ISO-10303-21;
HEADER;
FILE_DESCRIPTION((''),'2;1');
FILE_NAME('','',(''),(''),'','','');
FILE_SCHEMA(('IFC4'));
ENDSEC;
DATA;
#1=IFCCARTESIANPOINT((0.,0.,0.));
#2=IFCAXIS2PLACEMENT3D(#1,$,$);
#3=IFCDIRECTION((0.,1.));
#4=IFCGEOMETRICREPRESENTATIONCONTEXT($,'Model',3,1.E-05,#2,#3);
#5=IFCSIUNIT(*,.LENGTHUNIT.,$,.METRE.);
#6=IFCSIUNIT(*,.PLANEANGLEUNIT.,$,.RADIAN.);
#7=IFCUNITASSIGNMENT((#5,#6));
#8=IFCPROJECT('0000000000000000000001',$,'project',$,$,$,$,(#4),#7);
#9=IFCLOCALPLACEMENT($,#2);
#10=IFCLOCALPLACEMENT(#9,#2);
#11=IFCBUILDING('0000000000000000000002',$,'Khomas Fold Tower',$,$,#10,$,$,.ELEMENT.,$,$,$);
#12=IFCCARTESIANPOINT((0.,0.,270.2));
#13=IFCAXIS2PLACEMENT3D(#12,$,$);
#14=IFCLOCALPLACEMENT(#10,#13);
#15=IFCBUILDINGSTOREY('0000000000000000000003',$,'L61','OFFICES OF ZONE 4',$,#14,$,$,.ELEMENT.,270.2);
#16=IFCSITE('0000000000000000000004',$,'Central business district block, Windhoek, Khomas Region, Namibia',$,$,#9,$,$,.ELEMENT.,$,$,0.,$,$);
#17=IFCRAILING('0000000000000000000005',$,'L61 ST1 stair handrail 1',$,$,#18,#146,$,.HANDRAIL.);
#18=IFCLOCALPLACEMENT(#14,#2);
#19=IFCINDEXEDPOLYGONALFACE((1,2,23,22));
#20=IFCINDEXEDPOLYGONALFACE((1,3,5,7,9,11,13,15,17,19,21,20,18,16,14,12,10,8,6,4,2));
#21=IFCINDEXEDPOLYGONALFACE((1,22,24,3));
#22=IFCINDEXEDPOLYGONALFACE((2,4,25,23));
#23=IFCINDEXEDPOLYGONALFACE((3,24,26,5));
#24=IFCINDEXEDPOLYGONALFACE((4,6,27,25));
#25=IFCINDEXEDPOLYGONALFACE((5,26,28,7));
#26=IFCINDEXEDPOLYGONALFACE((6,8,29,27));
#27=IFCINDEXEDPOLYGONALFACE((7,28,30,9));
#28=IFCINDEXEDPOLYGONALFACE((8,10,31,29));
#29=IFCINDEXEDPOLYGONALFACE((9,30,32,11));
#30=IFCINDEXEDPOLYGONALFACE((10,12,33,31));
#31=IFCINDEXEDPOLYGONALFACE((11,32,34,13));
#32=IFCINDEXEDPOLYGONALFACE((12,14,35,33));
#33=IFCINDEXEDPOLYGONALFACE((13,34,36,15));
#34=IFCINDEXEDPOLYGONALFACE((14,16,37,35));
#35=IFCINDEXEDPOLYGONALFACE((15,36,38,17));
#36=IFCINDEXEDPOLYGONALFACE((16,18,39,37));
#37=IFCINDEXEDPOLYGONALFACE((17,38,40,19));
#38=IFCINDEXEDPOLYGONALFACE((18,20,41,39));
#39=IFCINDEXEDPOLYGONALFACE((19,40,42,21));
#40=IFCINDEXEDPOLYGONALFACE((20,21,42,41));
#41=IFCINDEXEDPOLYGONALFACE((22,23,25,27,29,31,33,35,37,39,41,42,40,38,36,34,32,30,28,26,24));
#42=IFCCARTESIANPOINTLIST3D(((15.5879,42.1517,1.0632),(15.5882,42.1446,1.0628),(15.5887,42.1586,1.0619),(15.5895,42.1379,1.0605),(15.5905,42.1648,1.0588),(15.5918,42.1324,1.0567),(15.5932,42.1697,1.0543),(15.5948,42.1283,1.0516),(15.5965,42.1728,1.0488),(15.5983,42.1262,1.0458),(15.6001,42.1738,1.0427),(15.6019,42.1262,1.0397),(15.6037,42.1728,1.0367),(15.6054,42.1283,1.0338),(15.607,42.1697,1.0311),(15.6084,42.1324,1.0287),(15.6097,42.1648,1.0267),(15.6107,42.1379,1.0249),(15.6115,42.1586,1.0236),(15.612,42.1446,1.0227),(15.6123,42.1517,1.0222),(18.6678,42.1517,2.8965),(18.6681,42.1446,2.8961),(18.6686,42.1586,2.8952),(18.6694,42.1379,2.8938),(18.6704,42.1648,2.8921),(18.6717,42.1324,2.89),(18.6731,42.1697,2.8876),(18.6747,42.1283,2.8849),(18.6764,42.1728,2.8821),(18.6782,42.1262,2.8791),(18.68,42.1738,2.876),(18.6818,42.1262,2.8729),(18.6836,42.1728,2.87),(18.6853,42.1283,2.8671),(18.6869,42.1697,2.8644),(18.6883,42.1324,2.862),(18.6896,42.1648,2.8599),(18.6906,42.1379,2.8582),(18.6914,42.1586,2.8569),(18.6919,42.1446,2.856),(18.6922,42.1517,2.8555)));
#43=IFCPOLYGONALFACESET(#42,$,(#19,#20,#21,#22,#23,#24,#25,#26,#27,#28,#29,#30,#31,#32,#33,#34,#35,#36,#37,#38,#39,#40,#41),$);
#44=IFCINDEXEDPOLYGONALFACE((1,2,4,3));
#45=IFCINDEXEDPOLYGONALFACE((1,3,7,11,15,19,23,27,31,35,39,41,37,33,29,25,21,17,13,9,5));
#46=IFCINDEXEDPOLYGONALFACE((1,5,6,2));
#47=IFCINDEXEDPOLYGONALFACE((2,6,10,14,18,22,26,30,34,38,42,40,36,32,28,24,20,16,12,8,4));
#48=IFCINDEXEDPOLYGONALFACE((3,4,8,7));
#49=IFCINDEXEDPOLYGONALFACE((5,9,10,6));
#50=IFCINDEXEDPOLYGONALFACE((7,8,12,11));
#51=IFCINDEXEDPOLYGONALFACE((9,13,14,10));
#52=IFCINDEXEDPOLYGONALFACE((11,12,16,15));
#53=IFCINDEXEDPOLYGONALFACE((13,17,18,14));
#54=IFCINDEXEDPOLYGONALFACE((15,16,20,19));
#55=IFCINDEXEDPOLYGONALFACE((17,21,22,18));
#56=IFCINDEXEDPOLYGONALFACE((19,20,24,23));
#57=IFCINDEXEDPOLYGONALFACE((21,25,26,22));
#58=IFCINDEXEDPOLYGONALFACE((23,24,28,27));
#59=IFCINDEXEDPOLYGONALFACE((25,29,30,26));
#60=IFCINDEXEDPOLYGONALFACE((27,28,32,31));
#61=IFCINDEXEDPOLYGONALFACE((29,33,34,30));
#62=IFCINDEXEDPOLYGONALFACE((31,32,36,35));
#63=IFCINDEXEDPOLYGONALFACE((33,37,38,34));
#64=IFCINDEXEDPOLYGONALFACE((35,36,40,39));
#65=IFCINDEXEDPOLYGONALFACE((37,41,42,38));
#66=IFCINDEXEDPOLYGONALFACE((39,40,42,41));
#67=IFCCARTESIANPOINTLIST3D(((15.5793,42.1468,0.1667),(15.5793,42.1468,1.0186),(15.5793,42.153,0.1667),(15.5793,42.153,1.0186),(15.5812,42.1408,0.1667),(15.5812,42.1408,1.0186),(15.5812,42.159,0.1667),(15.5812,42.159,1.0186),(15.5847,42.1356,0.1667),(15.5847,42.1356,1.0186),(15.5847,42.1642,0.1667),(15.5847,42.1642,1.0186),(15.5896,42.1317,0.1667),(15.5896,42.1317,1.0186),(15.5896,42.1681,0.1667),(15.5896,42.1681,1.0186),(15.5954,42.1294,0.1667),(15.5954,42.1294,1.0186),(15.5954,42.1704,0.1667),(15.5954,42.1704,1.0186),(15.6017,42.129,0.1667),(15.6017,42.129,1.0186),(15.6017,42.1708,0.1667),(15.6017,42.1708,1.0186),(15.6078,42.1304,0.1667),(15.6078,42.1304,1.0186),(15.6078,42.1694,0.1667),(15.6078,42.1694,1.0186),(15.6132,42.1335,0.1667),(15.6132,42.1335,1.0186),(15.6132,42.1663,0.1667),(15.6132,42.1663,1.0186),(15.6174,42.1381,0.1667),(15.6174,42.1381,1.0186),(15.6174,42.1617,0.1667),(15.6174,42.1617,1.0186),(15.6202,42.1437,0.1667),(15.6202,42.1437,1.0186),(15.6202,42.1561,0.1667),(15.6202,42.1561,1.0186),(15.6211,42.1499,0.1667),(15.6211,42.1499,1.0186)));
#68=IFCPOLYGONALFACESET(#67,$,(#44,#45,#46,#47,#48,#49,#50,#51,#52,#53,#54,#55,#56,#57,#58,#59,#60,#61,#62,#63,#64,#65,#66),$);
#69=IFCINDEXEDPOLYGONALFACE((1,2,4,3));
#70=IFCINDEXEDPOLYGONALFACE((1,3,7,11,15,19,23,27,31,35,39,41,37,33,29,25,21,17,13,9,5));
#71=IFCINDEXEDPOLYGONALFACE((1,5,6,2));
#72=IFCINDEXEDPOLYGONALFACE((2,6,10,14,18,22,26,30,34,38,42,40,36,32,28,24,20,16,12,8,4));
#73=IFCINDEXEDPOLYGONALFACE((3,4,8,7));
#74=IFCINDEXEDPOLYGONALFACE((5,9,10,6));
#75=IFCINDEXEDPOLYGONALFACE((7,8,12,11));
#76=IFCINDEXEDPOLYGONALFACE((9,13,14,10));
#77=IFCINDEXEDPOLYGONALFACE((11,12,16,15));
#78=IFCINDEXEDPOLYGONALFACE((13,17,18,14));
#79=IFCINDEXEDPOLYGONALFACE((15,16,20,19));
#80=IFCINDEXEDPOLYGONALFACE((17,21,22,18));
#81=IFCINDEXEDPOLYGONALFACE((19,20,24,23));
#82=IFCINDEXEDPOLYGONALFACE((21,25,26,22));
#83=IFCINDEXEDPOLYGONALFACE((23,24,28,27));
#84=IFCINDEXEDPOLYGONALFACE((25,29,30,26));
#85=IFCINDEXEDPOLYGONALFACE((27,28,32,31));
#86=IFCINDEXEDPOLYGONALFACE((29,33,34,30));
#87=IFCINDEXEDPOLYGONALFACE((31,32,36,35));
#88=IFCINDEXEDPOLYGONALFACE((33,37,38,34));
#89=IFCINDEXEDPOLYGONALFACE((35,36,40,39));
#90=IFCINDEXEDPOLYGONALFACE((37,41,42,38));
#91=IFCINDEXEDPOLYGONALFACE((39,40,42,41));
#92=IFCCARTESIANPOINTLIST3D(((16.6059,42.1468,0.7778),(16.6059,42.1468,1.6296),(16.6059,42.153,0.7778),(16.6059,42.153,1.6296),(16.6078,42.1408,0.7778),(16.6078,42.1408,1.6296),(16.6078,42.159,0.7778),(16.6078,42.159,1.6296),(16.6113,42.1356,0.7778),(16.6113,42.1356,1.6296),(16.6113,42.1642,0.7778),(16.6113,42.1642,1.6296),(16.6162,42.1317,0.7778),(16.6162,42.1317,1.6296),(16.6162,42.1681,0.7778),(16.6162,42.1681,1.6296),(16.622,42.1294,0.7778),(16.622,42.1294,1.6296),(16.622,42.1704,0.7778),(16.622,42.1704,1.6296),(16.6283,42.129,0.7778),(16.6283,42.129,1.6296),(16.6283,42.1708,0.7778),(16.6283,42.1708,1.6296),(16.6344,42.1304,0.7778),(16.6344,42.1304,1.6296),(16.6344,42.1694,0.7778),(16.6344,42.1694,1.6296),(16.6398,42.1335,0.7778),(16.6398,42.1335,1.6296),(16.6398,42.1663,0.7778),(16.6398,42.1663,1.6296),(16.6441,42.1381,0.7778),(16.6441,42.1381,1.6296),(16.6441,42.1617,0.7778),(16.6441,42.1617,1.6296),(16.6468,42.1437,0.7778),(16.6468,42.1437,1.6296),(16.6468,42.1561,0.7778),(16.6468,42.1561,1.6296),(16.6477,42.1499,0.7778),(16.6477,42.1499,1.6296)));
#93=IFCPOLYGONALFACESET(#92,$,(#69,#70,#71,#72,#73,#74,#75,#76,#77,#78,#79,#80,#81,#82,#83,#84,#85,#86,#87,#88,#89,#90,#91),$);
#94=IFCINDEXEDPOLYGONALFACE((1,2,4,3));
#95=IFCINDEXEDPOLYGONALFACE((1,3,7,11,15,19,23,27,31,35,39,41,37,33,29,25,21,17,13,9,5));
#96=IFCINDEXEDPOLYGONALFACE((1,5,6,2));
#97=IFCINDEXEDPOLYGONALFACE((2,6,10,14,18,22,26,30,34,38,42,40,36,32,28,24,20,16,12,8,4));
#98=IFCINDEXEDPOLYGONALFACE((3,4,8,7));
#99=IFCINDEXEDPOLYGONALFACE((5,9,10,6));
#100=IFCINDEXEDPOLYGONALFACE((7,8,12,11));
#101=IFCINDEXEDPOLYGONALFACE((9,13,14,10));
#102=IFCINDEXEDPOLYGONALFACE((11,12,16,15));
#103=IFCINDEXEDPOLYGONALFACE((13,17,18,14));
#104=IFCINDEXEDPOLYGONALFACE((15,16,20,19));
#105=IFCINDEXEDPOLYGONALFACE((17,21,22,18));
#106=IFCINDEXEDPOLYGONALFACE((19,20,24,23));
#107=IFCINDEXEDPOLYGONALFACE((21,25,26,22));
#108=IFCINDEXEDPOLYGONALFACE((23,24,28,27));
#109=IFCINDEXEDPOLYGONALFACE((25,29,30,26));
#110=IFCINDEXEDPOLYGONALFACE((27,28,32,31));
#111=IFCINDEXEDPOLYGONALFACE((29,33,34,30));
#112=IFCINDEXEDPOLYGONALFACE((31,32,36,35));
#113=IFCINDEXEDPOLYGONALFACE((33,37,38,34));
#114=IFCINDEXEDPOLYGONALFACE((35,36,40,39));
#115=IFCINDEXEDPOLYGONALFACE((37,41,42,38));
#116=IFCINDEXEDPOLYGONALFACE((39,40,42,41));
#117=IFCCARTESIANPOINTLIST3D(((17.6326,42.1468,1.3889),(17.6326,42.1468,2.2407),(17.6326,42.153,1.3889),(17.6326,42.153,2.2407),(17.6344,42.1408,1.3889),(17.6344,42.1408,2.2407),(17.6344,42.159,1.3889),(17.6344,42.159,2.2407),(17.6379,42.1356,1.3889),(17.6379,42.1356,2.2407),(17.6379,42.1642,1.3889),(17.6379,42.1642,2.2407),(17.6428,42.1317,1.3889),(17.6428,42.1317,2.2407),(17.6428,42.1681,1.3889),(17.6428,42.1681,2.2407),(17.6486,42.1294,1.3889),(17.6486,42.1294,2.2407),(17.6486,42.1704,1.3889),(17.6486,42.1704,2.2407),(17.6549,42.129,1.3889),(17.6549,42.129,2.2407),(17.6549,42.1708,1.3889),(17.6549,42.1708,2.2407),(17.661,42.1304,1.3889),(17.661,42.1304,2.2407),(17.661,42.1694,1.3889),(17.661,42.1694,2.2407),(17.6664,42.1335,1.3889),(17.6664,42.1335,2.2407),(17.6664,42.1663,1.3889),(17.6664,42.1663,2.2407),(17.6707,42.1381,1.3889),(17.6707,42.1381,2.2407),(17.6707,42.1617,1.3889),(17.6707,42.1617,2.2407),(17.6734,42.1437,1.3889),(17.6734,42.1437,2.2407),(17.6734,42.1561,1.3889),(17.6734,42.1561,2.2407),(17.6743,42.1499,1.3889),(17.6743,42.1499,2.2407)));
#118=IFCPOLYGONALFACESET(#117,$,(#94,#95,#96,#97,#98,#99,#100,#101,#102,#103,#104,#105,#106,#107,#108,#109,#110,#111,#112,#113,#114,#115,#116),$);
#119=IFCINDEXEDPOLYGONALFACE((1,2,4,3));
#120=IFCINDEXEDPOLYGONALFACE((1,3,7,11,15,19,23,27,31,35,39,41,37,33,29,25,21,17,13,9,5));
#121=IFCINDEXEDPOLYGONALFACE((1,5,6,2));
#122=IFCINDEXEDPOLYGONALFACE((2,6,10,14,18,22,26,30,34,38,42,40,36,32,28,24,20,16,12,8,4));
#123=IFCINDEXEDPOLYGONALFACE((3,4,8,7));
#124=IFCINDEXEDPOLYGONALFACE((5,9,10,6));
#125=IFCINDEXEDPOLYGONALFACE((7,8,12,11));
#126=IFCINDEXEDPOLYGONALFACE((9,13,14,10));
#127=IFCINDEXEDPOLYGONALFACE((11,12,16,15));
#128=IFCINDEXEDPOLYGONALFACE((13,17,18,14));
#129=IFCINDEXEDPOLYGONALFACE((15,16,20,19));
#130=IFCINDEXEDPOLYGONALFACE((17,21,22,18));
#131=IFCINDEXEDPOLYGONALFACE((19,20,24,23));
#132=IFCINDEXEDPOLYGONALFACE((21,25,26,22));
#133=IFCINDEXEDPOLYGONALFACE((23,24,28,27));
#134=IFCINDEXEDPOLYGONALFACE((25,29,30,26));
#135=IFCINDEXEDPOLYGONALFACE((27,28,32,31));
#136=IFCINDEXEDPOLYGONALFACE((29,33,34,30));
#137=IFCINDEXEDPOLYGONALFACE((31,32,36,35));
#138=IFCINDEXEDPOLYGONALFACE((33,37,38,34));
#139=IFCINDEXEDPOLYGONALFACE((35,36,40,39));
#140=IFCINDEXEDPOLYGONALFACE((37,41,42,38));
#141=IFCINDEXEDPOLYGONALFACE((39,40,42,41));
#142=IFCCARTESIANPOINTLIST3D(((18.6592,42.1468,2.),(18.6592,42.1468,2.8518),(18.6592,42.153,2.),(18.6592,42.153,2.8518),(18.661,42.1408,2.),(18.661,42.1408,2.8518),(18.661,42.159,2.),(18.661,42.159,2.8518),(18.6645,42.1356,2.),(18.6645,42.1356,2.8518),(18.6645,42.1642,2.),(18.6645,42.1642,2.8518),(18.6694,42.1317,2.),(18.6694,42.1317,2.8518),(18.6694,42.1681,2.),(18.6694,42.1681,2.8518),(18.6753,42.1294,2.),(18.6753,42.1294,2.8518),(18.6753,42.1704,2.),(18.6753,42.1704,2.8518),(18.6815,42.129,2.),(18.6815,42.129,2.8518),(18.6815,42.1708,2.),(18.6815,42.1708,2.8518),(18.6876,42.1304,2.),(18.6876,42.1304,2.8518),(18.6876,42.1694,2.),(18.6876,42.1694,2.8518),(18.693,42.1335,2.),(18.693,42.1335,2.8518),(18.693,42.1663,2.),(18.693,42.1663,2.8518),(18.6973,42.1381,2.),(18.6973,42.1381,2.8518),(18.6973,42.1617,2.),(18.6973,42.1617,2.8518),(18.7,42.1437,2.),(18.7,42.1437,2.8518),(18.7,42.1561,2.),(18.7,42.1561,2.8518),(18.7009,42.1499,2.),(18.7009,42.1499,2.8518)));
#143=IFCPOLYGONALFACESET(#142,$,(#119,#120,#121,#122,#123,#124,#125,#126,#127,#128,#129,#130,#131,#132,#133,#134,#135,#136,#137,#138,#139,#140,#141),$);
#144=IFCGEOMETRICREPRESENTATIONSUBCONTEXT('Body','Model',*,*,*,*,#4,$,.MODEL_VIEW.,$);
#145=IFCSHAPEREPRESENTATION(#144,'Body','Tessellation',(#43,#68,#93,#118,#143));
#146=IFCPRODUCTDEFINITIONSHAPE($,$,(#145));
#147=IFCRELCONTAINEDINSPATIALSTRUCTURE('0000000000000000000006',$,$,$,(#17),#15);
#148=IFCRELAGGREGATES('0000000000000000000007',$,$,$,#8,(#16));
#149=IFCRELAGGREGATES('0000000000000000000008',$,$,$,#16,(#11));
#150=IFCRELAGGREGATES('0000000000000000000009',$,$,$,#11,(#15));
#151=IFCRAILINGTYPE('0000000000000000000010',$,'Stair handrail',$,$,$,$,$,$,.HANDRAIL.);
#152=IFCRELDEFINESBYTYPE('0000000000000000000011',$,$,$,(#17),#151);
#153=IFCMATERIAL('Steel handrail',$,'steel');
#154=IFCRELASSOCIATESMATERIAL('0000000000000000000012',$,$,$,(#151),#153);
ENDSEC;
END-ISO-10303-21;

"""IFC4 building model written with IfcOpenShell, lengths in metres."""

from ifc_helpers import new_model, si_unit, direction, frame, origin, origin_2d, place, context, subcontext, project, spatial, circle, extrude, source, transform, mapped, material, type_object, element, save


model = new_model("IFC4")

# Units and contexts
model_context = context("Model", 3, precision=1e-05, world=origin(), true_north=direction((0.0, 1.0)))
body_context = subcontext(model_context, "Body", "Model", "MODEL_VIEW")
ifc_project = project(units=[si_unit("LENGTHUNIT", "METRE"), si_unit("PLANEANGLEUNIT", "RADIAN")], contexts=[model_context])

# Site, building, storey
site_placement = place(None, origin())
site = spatial("IfcSite", under=ifc_project, at=site_placement, Name="Central business district block, Windhoek, Khomas Region, Namibia", CompositionType="ELEMENT", RefElevation=0.0)
building_placement = place(site_placement, origin())
building = spatial("IfcBuilding", under=site, at=building_placement, Name="Khomas Fold Tower", CompositionType="ELEMENT")
storey_placement = place(building_placement, frame((0.0, 0.0, 270.2)))
storey = spatial("IfcBuildingStorey", under=building, at=storey_placement, Name="L61", Description="OFFICES OF ZONE 4", CompositionType="ELEMENT", Elevation=270.2)

# Railing
ifc_material_1 = material(Name="Steel handrail", Category="steel")
railing_type = type_object("IfcRailingType", Name="Stair handrail", PredefinedType="HANDRAIL", material=ifc_material_1)
shared_shape_1 = source(origin(), body_context, "Body", "SweptSolid", [
    extrude(circle(Radius=0.0239, at=origin_2d()), frame((0.0, 0.0, 0.876), z_axis=(0.859291, 0.0, 0.511487), x_axis=(0.0, 1.0, 0.0)), (0.0, 0.0, 1.0), 3.5842),
    extrude(circle(Radius=0.021, at=origin_2d()), origin(), (0.0, 0.0, 1.0), 0.8518),
    extrude(circle(Radius=0.021, at=origin_2d()), frame((1.0266, 0.0, 0.6111)), (0.0, 0.0, 1.0), 0.8518),
    extrude(circle(Radius=0.021, at=origin_2d()), frame((2.0532, 0.0, 1.2222)), (0.0, 0.0, 1.0), 0.8518),
    extrude(circle(Radius=0.021, at=origin_2d()), frame((3.0798, 0.0, 1.8333)), (0.0, 0.0, 1.0), 0.8518),
])
railing_placement = place(storey_placement, frame((15.6001, 42.1499, 0.1667)))
element("IfcRailing", 1, at=railing_placement, inside=storey, type_object=railing_type, Name="L61 ST1 stair handrail 1", PredefinedType="HANDRAIL", context=body_context, shape_type="MappedRepresentation", body=[
    mapped(shared_shape_1, transform((0.0, 0.0, 0.0))),
])

save(model, "model.ifc")
